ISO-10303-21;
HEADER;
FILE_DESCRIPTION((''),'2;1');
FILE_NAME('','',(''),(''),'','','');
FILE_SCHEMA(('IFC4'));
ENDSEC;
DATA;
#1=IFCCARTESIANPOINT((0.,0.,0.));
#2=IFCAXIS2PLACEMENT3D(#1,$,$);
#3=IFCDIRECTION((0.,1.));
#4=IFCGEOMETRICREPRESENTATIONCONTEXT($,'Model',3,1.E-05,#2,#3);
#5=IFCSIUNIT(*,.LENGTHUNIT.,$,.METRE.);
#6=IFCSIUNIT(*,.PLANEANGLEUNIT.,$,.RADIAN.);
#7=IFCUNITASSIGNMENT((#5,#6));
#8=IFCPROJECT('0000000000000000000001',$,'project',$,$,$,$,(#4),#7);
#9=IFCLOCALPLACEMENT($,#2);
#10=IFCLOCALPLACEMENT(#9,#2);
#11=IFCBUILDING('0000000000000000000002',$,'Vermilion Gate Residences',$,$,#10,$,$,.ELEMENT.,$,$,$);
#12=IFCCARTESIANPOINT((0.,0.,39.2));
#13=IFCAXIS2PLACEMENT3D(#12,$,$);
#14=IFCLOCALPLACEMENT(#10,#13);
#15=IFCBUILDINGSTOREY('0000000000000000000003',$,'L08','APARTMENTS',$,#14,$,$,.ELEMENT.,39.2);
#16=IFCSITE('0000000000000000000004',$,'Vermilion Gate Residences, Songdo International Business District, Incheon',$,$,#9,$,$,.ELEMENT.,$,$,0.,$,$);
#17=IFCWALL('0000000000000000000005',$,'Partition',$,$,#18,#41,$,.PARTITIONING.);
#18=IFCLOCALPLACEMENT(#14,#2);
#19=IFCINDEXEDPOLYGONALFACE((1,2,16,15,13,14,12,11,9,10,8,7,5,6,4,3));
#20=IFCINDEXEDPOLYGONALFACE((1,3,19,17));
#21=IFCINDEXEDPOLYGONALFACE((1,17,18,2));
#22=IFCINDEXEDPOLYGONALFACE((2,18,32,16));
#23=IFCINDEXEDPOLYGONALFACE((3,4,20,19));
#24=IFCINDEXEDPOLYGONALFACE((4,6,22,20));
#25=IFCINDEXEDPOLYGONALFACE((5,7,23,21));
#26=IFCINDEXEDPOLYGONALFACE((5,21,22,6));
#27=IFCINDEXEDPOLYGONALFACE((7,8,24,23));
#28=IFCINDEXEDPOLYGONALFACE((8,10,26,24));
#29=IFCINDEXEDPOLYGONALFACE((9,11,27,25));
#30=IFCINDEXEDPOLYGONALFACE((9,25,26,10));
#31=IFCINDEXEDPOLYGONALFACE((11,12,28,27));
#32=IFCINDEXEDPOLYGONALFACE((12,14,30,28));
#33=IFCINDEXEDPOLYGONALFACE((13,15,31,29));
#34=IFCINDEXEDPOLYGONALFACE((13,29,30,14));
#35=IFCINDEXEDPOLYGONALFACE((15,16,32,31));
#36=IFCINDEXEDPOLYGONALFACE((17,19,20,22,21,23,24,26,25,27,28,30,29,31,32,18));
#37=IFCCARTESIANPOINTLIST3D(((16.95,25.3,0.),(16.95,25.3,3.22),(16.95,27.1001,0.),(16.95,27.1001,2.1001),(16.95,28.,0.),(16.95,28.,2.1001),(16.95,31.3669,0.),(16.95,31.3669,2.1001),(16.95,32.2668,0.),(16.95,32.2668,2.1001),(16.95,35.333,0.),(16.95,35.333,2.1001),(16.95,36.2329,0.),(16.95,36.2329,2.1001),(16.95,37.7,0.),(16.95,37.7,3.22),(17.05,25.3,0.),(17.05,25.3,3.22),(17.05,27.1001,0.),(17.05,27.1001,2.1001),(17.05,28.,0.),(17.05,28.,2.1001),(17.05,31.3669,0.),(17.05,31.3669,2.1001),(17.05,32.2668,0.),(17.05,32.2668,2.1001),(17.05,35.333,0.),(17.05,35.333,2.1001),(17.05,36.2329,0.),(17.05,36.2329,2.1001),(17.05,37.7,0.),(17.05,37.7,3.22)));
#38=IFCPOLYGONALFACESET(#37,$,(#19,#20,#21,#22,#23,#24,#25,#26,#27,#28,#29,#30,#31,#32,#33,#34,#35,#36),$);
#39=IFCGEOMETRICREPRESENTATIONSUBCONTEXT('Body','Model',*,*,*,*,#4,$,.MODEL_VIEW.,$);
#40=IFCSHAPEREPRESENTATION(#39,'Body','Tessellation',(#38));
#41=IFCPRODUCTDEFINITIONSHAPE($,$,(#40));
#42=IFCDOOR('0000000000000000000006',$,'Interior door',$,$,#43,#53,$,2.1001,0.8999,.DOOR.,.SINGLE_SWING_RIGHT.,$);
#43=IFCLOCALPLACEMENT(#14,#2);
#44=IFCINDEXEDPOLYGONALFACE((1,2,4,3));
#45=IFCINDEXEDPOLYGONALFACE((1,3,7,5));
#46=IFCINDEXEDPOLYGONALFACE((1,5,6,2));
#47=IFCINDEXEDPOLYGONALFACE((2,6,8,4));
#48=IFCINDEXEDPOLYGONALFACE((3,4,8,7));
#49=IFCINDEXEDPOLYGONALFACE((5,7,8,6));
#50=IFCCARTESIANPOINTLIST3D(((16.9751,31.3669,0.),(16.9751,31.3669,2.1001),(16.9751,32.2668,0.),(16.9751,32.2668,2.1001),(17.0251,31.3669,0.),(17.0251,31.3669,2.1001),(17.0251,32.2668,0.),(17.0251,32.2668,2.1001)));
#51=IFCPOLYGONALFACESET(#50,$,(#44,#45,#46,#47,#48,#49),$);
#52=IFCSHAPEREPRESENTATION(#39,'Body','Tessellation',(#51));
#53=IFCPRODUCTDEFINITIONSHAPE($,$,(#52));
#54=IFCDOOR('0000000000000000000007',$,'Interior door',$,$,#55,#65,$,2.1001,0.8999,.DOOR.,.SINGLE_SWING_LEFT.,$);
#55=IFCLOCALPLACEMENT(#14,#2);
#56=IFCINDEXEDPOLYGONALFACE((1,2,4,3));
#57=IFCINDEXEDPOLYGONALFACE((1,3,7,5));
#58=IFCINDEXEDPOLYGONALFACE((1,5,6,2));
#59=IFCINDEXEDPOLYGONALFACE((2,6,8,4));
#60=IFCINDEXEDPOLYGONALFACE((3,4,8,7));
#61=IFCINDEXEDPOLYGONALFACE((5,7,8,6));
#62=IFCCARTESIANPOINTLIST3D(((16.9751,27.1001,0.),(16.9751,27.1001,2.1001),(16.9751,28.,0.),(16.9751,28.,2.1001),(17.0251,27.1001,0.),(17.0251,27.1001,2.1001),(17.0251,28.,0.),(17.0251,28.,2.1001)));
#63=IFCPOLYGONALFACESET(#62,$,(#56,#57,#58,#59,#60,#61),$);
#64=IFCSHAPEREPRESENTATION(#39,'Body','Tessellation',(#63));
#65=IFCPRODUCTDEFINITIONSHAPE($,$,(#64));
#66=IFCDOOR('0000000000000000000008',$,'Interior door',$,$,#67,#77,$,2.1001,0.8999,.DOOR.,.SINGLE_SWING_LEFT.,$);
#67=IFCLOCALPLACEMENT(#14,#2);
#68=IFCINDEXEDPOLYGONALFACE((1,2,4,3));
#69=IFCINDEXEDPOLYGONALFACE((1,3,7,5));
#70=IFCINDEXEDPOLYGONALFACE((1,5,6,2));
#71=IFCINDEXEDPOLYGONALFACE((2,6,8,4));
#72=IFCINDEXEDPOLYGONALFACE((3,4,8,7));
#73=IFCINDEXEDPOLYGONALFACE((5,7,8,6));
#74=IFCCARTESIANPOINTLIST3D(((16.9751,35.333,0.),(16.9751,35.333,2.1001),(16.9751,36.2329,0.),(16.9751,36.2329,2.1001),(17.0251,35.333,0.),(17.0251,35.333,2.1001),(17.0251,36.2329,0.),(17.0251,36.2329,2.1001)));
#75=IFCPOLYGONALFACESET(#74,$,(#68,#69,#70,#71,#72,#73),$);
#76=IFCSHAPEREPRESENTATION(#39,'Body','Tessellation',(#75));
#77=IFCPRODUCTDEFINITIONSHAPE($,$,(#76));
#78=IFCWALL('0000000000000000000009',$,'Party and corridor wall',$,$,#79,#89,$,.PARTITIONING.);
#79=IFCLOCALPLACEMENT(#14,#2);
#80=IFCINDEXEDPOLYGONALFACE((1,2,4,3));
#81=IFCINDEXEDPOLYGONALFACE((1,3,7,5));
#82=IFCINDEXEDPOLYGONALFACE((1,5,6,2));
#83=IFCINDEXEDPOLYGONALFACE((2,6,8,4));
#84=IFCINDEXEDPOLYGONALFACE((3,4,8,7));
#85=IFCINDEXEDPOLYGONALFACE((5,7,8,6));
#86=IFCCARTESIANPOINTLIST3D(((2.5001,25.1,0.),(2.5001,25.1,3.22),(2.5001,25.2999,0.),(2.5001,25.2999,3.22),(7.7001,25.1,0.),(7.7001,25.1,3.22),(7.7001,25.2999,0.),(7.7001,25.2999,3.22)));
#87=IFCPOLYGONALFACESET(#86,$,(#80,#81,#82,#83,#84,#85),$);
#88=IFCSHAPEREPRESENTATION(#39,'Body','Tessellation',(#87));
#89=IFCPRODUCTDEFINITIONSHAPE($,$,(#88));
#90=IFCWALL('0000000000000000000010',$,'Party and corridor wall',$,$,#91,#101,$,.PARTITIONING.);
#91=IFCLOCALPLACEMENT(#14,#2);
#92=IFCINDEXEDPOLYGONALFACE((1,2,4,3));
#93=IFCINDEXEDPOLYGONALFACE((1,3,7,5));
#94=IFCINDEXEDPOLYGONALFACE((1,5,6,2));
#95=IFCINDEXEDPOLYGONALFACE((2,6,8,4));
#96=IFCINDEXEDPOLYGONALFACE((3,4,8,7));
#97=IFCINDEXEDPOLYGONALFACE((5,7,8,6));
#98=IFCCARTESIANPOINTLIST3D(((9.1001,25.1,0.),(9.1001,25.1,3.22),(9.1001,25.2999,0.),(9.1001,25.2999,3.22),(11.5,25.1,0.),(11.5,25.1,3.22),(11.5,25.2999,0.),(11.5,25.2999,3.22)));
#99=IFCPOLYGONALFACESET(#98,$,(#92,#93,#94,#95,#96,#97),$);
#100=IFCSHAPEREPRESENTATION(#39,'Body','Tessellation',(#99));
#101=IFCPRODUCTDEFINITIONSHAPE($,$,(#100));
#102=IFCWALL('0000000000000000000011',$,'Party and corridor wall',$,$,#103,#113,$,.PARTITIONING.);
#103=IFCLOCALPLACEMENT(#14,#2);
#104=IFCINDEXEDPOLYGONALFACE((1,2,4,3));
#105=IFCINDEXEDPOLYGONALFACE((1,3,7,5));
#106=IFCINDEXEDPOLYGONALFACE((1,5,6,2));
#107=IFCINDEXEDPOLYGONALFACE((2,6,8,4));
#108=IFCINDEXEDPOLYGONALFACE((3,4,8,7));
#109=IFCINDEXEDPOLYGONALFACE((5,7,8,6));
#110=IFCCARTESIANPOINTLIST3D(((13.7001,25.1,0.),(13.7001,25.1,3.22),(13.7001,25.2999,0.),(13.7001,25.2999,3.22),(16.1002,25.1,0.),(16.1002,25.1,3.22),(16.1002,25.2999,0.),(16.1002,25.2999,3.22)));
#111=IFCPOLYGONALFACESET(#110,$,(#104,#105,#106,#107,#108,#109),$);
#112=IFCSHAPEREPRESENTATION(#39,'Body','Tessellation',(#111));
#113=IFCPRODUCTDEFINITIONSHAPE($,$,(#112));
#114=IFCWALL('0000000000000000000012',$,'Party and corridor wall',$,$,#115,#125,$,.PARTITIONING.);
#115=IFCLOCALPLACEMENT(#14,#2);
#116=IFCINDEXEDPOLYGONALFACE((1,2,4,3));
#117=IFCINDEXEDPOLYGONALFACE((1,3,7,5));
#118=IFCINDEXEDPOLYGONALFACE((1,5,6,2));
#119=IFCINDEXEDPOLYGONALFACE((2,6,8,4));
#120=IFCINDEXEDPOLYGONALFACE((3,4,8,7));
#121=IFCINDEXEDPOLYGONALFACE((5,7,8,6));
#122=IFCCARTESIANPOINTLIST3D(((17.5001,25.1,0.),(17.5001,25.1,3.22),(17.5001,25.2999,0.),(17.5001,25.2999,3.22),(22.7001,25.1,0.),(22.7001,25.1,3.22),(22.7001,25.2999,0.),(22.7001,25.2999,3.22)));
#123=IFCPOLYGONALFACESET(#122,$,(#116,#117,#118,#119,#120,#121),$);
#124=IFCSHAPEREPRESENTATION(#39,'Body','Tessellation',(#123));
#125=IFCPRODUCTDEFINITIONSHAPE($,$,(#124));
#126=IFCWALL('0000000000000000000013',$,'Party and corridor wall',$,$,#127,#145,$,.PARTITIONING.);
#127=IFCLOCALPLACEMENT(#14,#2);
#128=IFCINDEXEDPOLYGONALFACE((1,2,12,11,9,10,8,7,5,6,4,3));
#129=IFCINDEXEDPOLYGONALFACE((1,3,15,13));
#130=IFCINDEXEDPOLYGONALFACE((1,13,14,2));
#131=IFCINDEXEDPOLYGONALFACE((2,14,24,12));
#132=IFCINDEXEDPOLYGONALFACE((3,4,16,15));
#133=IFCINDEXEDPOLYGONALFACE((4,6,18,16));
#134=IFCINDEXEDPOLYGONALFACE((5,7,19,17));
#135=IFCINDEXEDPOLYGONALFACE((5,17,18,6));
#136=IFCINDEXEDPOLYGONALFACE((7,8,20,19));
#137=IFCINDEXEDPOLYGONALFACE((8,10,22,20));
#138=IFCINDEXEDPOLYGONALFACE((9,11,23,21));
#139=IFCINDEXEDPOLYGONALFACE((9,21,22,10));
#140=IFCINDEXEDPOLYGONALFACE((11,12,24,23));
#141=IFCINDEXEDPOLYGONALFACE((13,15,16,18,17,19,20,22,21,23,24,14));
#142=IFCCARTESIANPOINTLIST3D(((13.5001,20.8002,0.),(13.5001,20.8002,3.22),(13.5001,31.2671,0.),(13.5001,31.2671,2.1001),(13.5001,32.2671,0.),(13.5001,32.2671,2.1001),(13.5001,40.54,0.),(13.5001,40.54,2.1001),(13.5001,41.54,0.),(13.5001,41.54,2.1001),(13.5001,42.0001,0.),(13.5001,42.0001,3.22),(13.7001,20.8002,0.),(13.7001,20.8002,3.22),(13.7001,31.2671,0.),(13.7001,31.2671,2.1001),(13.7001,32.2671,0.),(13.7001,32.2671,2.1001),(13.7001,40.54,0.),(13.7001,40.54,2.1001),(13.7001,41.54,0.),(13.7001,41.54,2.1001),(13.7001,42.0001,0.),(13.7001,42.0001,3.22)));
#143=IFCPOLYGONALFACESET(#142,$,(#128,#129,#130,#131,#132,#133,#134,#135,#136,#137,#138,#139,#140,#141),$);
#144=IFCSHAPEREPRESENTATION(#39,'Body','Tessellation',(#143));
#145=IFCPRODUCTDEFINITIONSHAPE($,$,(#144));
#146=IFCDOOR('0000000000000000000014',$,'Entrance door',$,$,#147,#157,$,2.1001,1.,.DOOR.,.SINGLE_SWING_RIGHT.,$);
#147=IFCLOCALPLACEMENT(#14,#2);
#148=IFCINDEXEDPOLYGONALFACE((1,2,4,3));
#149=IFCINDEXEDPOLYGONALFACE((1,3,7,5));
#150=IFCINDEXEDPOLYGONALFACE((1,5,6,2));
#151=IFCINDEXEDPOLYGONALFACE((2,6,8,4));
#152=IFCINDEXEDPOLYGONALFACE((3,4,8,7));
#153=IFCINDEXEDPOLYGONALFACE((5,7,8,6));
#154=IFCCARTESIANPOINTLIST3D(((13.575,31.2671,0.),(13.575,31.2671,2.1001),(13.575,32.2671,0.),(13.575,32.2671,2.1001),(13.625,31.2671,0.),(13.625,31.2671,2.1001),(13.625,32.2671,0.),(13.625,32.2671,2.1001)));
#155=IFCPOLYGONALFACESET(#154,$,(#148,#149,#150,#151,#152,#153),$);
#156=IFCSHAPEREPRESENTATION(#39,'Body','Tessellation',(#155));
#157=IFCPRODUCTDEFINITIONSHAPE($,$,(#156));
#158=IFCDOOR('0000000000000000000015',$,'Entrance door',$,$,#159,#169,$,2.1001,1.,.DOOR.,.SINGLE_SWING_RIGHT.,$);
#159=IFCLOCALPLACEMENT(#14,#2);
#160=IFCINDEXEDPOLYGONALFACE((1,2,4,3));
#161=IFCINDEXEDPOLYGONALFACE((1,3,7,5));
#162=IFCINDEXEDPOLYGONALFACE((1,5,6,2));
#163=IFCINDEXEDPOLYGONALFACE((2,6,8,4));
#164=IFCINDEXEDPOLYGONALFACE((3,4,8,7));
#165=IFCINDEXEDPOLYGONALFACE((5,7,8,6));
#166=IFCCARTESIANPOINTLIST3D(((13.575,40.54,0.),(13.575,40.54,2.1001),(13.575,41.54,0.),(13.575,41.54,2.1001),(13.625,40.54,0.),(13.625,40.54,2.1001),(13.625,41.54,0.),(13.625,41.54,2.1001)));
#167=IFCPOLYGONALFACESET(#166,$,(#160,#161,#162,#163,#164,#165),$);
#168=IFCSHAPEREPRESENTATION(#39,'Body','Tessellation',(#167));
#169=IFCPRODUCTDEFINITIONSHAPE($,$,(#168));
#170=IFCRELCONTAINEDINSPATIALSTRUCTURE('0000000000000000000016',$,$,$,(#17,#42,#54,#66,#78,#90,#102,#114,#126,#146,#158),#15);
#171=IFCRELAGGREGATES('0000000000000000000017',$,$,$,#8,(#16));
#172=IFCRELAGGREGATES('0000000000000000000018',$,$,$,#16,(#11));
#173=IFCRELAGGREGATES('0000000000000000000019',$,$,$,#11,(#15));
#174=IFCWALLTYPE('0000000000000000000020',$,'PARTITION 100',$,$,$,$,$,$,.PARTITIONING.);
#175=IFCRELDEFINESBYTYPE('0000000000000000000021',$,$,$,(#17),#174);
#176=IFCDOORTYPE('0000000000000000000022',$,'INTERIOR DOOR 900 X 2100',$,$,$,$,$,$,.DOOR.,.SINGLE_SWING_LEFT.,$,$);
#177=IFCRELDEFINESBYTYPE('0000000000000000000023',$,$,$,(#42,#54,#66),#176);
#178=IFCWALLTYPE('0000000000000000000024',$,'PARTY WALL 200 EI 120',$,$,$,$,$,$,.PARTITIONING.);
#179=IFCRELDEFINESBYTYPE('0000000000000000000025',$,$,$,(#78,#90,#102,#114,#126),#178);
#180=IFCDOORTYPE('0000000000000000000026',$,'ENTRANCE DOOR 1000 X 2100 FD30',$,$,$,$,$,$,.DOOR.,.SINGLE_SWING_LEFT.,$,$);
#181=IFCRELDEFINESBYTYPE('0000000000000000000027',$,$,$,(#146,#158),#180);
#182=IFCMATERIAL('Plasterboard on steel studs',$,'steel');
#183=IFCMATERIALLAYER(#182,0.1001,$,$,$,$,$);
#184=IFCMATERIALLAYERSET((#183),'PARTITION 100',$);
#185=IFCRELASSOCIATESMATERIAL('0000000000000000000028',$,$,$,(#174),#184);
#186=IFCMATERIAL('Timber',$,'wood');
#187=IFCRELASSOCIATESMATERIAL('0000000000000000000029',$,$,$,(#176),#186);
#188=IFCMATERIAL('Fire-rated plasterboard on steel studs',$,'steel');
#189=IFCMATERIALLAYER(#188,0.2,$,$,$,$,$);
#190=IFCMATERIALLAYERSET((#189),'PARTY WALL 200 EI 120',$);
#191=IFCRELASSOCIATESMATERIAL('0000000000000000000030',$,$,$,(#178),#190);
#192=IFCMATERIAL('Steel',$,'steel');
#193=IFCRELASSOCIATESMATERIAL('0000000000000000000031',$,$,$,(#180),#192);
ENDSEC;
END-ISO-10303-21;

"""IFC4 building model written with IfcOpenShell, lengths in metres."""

from ifc_helpers import new_model, si_unit, direction, frame, frame_2d, origin, place, context, subcontext, project, spatial, rectangle, extrude, material, layer, layer_set, type_object, element, fill, save


model = new_model("IFC4")

# Units and contexts
model_context = context("Model", 3, precision=1e-05, world=origin(), true_north=direction((0.0, 1.0)))
body_context = subcontext(model_context, "Body", "Model", "MODEL_VIEW")
ifc_project = project(units=[si_unit("LENGTHUNIT", "METRE"), si_unit("PLANEANGLEUNIT", "RADIAN")], contexts=[model_context])

# Site, building, storey
site_placement = place(None, origin())
site = spatial("IfcSite", under=ifc_project, at=site_placement, Name="Vermilion Gate Residences, Songdo International Business District, Incheon", CompositionType="ELEMENT", RefElevation=0.0)
building_placement = place(site_placement, origin())
building = spatial("IfcBuilding", under=site, at=building_placement, Name="Vermilion Gate Residences", CompositionType="ELEMENT")
storey_placement = place(building_placement, frame((0.0, 0.0, 39.2)))
storey = spatial("IfcBuildingStorey", under=building, at=storey_placement, Name="L08", Description="APARTMENTS", CompositionType="ELEMENT", Elevation=39.2)

# Shared definitions
ifc_material_1 = material(Name="Plasterboard on steel studs", Category="steel")
ifc_layer_1 = layer(ifc_material_1, 0.1001)
ifc_layer_set_1 = layer_set([ifc_layer_1], Name="PARTITION 100")
wall_type_1 = type_object("IfcWallType", Name="PARTITION 100", PredefinedType="PARTITIONING", material=ifc_layer_set_1)

# Wall, openings, doors
ifc_material_2 = material(Name="Timber", Category="wood")
door_type_1 = type_object("IfcDoorType", Name="INTERIOR DOOR 900 X 2100", OperationType="SINGLE_SWING_LEFT", PredefinedType="DOOR", material=ifc_material_2)
wall_1_placement = place(storey_placement, frame((17.0, 25.3, 0.0), z_axis=(0.0, 0.0, 1.0), x_axis=(0.0, 1.0, 0.0)))
wall_1 = element("IfcWall", 1, at=wall_1_placement, inside=storey, type_object=wall_type_1, Name="Partition", PredefinedType="PARTITIONING", context=body_context, shape_type="SweptSolid", body=[
    extrude(rectangle(XDim=12.3999, YDim=0.1001, at=frame_2d((6.2, 0.0))), origin(), (0.0, 0.0, 1.0), 3.22),
])
opening_1_placement = place(wall_1_placement, frame((6.0669, 0.0, 0.0)))
opening_1 = element("IfcOpeningElement", 2, at=opening_1_placement, cuts=wall_1, PredefinedType="OPENING", context=body_context, shape_type="SweptSolid", body=[
    extrude(rectangle(XDim=0.8999, YDim=2.1001, at=frame_2d((0.45, 1.05))), frame((0.0, 0.0601, 0.0), z_axis=(0.0, -1.0, 0.0), x_axis=(1.0, 0.0, 0.0)), (0.0, 0.0, 1.0), 0.1201),
])
opening_2_placement = place(wall_1_placement, frame((1.8, 0.0, 0.0)))
opening_2 = element("IfcOpeningElement", 3, at=opening_2_placement, cuts=wall_1, PredefinedType="OPENING", context=body_context, shape_type="SweptSolid", body=[
    extrude(rectangle(XDim=0.8999, YDim=2.1001, at=frame_2d((0.45, 1.05))), frame((0.0, 0.0601, 0.0), z_axis=(0.0, -1.0, 0.0), x_axis=(1.0, 0.0, 0.0)), (0.0, 0.0, 1.0), 0.1201),
])
opening_3_placement = place(wall_1_placement, frame((10.033, 0.0, 0.0)))
opening_3 = element("IfcOpeningElement", 4, at=opening_3_placement, cuts=wall_1, PredefinedType="OPENING", context=body_context, shape_type="SweptSolid", body=[
    extrude(rectangle(XDim=0.8999, YDim=2.1001, at=frame_2d((0.45, 1.05))), frame((0.0, 0.0601, 0.0), z_axis=(0.0, -1.0, 0.0), x_axis=(1.0, 0.0, 0.0)), (0.0, 0.0, 1.0), 0.1201),
])
door_1_placement = place(opening_1_placement, origin())
door_1 = element("IfcDoor", 5, at=door_1_placement, inside=storey, type_object=door_type_1, Name="Interior door", OperationType="SINGLE_SWING_RIGHT", OverallHeight=2.1001, OverallWidth=0.8999, PredefinedType="DOOR", context=body_context, shape_type="SweptSolid", body=[
    extrude(rectangle(XDim=0.8999, YDim=2.1001, at=frame_2d((0.45, 1.05))), frame((0.0, 0.0249, 0.0), z_axis=(0.0, -1.0, 0.0), x_axis=(1.0, 0.0, 0.0)), (0.0, 0.0, 1.0), 0.05),
])
fill(opening_1, door_1)
door_2_placement = place(opening_2_placement, origin())
door_2 = element("IfcDoor", 6, at=door_2_placement, inside=storey, type_object=door_type_1, Name="Interior door", OperationType="SINGLE_SWING_LEFT", OverallHeight=2.1001, OverallWidth=0.8999, PredefinedType="DOOR", context=body_context, shape_type="SweptSolid", body=[
    extrude(rectangle(XDim=0.8999, YDim=2.1001, at=frame_2d((0.45, 1.05))), frame((0.0, 0.0249, 0.0), z_axis=(0.0, -1.0, 0.0), x_axis=(1.0, 0.0, 0.0)), (0.0, 0.0, 1.0), 0.05),
])
fill(opening_2, door_2)
door_3_placement = place(opening_3_placement, origin())
door_3 = element("IfcDoor", 7, at=door_3_placement, inside=storey, type_object=door_type_1, Name="Interior door", OperationType="SINGLE_SWING_LEFT", OverallHeight=2.1001, OverallWidth=0.8999, PredefinedType="DOOR", context=body_context, shape_type="SweptSolid", body=[
    extrude(rectangle(XDim=0.8999, YDim=2.1001, at=frame_2d((0.45, 1.05))), frame((0.0, 0.0249, 0.0), z_axis=(0.0, -1.0, 0.0), x_axis=(1.0, 0.0, 0.0)), (0.0, 0.0, 1.0), 0.05),
])
fill(opening_3, door_3)

# Walls
ifc_material_3 = material(Name="Fire-rated plasterboard on steel studs", Category="steel")
ifc_layer_2 = layer(ifc_material_3, 0.2)
ifc_layer_set_2 = layer_set([ifc_layer_2], Name="PARTY WALL 200 EI 120")
wall_type_2 = type_object("IfcWallType", Name="PARTY WALL 200 EI 120", PredefinedType="PARTITIONING", material=ifc_layer_set_2)
wall_2_placement = place(storey_placement, frame((2.5, 25.2, 0.0), z_axis=(0.0, 0.0, 1.0), x_axis=(1.0, 0.0, 0.0)))
element("IfcWall", 8, at=wall_2_placement, inside=storey, type_object=wall_type_2, Name="Party and corridor wall", PredefinedType="PARTITIONING", context=body_context, shape_type="SweptSolid", body=[
    extrude(rectangle(XDim=5.2, YDim=0.2, at=frame_2d((2.6001, 0.0))), origin(), (0.0, 0.0, 1.0), 3.22),
])
wall_3_placement = place(storey_placement, frame((9.1001, 25.2, 0.0), z_axis=(0.0, 0.0, 1.0), x_axis=(1.0, 0.0, 0.0)))
element("IfcWall", 9, at=wall_3_placement, inside=storey, type_object=wall_type_2, Name="Party and corridor wall", PredefinedType="PARTITIONING", context=body_context, shape_type="SweptSolid", body=[
    extrude(rectangle(XDim=2.3999, YDim=0.2, at=frame_2d((1.2, 0.0))), origin(), (0.0, 0.0, 1.0), 3.22),
])
wall_4_placement = place(storey_placement, frame((13.7, 25.2, 0.0), z_axis=(0.0, 0.0, 1.0), x_axis=(1.0, 0.0, 0.0)))
element("IfcWall", 10, at=wall_4_placement, inside=storey, type_object=wall_type_2, Name="Party and corridor wall", PredefinedType="PARTITIONING", context=body_context, shape_type="SweptSolid", body=[
    extrude(rectangle(XDim=2.4001, YDim=0.2, at=frame_2d((1.2002, 0.0))), origin(), (0.0, 0.0, 1.0), 3.22),
])
wall_5_placement = place(storey_placement, frame((17.5, 25.2, 0.0), z_axis=(0.0, 0.0, 1.0), x_axis=(1.0, 0.0, 0.0)))
element("IfcWall", 11, at=wall_5_placement, inside=storey, type_object=wall_type_2, Name="Party and corridor wall", PredefinedType="PARTITIONING", context=body_context, shape_type="SweptSolid", body=[
    extrude(rectangle(XDim=5.2, YDim=0.2, at=frame_2d((2.6001, 0.0))), origin(), (0.0, 0.0, 1.0), 3.22),
])

# Wall, openings, doors
wall_6_placement = place(storey_placement, frame((13.6001, 20.8, 0.0), z_axis=(0.0, 0.0, 1.0), x_axis=(0.0, 1.0, 0.0)))
wall_6 = element("IfcWall", 12, at=wall_6_placement, inside=storey, type_object=wall_type_2, Name="Party and corridor wall", PredefinedType="PARTITIONING", context=body_context, shape_type="SweptSolid", body=[
    extrude(rectangle(XDim=21.2, YDim=0.2, at=frame_2d((10.6001, 0.0))), origin(), (0.0, 0.0, 1.0), 3.22),
])
opening_4_placement = place(wall_6_placement, frame((10.467, 0.0, 0.0)))
opening_4 = element("IfcOpeningElement", 13, at=opening_4_placement, cuts=wall_6, PredefinedType="OPENING", context=body_context, shape_type="SweptSolid", body=[
    extrude(rectangle(XDim=1.0, YDim=2.1001, at=frame_2d((0.5, 1.05))), frame((0.0, 0.1099, 0.0), z_axis=(0.0, -1.0, 0.0), x_axis=(1.0, 0.0, 0.0)), (0.0, 0.0, 1.0), 0.22),
])
opening_5_placement = place(wall_6_placement, frame((19.74, 0.0, 0.0)))
opening_5 = element("IfcOpeningElement", 14, at=opening_5_placement, cuts=wall_6, PredefinedType="OPENING", context=body_context, shape_type="SweptSolid", body=[
    extrude(rectangle(XDim=1.0, YDim=2.1001, at=frame_2d((0.5, 1.05))), frame((0.0, 0.1099, 0.0), z_axis=(0.0, -1.0, 0.0), x_axis=(1.0, 0.0, 0.0)), (0.0, 0.0, 1.0), 0.22),
])
ifc_material_4 = material(Name="Steel", Category="steel")
door_type_2 = type_object("IfcDoorType", Name="ENTRANCE DOOR 1000 X 2100 FD30", OperationType="SINGLE_SWING_LEFT", PredefinedType="DOOR", material=ifc_material_4)
door_4_placement = place(opening_4_placement, frame((1.0, 0.0, 0.0), z_axis=(0.0, 0.0, 1.0), x_axis=(-1.0, 0.0, 0.0)))
door_4 = element("IfcDoor", 15, at=door_4_placement, inside=storey, type_object=door_type_2, Name="Entrance door", OperationType="SINGLE_SWING_RIGHT", OverallHeight=2.1001, OverallWidth=1.0, PredefinedType="DOOR", context=body_context, shape_type="SweptSolid", body=[
    extrude(rectangle(XDim=1.0, YDim=2.1001, at=frame_2d((0.5, 1.05))), frame((0.0, 0.0249, 0.0), z_axis=(0.0, -1.0, 0.0), x_axis=(1.0, 0.0, 0.0)), (0.0, 0.0, 1.0), 0.05),
])
fill(opening_4, door_4)
door_5_placement = place(opening_5_placement, frame((1.0, 0.0, 0.0), z_axis=(0.0, 0.0, 1.0), x_axis=(-1.0, 0.0, 0.0)))
door_5 = element("IfcDoor", 16, at=door_5_placement, inside=storey, type_object=door_type_2, Name="Entrance door", OperationType="SINGLE_SWING_RIGHT", OverallHeight=2.1001, OverallWidth=1.0, PredefinedType="DOOR", context=body_context, shape_type="SweptSolid", body=[
    extrude(rectangle(XDim=1.0, YDim=2.1001, at=frame_2d((0.5, 1.05))), frame((0.0, 0.0249, 0.0), z_axis=(0.0, -1.0, 0.0), x_axis=(1.0, 0.0, 0.0)), (0.0, 0.0, 1.0), 0.05),
])
fill(opening_5, door_5)

save(model, "model.ifc")
